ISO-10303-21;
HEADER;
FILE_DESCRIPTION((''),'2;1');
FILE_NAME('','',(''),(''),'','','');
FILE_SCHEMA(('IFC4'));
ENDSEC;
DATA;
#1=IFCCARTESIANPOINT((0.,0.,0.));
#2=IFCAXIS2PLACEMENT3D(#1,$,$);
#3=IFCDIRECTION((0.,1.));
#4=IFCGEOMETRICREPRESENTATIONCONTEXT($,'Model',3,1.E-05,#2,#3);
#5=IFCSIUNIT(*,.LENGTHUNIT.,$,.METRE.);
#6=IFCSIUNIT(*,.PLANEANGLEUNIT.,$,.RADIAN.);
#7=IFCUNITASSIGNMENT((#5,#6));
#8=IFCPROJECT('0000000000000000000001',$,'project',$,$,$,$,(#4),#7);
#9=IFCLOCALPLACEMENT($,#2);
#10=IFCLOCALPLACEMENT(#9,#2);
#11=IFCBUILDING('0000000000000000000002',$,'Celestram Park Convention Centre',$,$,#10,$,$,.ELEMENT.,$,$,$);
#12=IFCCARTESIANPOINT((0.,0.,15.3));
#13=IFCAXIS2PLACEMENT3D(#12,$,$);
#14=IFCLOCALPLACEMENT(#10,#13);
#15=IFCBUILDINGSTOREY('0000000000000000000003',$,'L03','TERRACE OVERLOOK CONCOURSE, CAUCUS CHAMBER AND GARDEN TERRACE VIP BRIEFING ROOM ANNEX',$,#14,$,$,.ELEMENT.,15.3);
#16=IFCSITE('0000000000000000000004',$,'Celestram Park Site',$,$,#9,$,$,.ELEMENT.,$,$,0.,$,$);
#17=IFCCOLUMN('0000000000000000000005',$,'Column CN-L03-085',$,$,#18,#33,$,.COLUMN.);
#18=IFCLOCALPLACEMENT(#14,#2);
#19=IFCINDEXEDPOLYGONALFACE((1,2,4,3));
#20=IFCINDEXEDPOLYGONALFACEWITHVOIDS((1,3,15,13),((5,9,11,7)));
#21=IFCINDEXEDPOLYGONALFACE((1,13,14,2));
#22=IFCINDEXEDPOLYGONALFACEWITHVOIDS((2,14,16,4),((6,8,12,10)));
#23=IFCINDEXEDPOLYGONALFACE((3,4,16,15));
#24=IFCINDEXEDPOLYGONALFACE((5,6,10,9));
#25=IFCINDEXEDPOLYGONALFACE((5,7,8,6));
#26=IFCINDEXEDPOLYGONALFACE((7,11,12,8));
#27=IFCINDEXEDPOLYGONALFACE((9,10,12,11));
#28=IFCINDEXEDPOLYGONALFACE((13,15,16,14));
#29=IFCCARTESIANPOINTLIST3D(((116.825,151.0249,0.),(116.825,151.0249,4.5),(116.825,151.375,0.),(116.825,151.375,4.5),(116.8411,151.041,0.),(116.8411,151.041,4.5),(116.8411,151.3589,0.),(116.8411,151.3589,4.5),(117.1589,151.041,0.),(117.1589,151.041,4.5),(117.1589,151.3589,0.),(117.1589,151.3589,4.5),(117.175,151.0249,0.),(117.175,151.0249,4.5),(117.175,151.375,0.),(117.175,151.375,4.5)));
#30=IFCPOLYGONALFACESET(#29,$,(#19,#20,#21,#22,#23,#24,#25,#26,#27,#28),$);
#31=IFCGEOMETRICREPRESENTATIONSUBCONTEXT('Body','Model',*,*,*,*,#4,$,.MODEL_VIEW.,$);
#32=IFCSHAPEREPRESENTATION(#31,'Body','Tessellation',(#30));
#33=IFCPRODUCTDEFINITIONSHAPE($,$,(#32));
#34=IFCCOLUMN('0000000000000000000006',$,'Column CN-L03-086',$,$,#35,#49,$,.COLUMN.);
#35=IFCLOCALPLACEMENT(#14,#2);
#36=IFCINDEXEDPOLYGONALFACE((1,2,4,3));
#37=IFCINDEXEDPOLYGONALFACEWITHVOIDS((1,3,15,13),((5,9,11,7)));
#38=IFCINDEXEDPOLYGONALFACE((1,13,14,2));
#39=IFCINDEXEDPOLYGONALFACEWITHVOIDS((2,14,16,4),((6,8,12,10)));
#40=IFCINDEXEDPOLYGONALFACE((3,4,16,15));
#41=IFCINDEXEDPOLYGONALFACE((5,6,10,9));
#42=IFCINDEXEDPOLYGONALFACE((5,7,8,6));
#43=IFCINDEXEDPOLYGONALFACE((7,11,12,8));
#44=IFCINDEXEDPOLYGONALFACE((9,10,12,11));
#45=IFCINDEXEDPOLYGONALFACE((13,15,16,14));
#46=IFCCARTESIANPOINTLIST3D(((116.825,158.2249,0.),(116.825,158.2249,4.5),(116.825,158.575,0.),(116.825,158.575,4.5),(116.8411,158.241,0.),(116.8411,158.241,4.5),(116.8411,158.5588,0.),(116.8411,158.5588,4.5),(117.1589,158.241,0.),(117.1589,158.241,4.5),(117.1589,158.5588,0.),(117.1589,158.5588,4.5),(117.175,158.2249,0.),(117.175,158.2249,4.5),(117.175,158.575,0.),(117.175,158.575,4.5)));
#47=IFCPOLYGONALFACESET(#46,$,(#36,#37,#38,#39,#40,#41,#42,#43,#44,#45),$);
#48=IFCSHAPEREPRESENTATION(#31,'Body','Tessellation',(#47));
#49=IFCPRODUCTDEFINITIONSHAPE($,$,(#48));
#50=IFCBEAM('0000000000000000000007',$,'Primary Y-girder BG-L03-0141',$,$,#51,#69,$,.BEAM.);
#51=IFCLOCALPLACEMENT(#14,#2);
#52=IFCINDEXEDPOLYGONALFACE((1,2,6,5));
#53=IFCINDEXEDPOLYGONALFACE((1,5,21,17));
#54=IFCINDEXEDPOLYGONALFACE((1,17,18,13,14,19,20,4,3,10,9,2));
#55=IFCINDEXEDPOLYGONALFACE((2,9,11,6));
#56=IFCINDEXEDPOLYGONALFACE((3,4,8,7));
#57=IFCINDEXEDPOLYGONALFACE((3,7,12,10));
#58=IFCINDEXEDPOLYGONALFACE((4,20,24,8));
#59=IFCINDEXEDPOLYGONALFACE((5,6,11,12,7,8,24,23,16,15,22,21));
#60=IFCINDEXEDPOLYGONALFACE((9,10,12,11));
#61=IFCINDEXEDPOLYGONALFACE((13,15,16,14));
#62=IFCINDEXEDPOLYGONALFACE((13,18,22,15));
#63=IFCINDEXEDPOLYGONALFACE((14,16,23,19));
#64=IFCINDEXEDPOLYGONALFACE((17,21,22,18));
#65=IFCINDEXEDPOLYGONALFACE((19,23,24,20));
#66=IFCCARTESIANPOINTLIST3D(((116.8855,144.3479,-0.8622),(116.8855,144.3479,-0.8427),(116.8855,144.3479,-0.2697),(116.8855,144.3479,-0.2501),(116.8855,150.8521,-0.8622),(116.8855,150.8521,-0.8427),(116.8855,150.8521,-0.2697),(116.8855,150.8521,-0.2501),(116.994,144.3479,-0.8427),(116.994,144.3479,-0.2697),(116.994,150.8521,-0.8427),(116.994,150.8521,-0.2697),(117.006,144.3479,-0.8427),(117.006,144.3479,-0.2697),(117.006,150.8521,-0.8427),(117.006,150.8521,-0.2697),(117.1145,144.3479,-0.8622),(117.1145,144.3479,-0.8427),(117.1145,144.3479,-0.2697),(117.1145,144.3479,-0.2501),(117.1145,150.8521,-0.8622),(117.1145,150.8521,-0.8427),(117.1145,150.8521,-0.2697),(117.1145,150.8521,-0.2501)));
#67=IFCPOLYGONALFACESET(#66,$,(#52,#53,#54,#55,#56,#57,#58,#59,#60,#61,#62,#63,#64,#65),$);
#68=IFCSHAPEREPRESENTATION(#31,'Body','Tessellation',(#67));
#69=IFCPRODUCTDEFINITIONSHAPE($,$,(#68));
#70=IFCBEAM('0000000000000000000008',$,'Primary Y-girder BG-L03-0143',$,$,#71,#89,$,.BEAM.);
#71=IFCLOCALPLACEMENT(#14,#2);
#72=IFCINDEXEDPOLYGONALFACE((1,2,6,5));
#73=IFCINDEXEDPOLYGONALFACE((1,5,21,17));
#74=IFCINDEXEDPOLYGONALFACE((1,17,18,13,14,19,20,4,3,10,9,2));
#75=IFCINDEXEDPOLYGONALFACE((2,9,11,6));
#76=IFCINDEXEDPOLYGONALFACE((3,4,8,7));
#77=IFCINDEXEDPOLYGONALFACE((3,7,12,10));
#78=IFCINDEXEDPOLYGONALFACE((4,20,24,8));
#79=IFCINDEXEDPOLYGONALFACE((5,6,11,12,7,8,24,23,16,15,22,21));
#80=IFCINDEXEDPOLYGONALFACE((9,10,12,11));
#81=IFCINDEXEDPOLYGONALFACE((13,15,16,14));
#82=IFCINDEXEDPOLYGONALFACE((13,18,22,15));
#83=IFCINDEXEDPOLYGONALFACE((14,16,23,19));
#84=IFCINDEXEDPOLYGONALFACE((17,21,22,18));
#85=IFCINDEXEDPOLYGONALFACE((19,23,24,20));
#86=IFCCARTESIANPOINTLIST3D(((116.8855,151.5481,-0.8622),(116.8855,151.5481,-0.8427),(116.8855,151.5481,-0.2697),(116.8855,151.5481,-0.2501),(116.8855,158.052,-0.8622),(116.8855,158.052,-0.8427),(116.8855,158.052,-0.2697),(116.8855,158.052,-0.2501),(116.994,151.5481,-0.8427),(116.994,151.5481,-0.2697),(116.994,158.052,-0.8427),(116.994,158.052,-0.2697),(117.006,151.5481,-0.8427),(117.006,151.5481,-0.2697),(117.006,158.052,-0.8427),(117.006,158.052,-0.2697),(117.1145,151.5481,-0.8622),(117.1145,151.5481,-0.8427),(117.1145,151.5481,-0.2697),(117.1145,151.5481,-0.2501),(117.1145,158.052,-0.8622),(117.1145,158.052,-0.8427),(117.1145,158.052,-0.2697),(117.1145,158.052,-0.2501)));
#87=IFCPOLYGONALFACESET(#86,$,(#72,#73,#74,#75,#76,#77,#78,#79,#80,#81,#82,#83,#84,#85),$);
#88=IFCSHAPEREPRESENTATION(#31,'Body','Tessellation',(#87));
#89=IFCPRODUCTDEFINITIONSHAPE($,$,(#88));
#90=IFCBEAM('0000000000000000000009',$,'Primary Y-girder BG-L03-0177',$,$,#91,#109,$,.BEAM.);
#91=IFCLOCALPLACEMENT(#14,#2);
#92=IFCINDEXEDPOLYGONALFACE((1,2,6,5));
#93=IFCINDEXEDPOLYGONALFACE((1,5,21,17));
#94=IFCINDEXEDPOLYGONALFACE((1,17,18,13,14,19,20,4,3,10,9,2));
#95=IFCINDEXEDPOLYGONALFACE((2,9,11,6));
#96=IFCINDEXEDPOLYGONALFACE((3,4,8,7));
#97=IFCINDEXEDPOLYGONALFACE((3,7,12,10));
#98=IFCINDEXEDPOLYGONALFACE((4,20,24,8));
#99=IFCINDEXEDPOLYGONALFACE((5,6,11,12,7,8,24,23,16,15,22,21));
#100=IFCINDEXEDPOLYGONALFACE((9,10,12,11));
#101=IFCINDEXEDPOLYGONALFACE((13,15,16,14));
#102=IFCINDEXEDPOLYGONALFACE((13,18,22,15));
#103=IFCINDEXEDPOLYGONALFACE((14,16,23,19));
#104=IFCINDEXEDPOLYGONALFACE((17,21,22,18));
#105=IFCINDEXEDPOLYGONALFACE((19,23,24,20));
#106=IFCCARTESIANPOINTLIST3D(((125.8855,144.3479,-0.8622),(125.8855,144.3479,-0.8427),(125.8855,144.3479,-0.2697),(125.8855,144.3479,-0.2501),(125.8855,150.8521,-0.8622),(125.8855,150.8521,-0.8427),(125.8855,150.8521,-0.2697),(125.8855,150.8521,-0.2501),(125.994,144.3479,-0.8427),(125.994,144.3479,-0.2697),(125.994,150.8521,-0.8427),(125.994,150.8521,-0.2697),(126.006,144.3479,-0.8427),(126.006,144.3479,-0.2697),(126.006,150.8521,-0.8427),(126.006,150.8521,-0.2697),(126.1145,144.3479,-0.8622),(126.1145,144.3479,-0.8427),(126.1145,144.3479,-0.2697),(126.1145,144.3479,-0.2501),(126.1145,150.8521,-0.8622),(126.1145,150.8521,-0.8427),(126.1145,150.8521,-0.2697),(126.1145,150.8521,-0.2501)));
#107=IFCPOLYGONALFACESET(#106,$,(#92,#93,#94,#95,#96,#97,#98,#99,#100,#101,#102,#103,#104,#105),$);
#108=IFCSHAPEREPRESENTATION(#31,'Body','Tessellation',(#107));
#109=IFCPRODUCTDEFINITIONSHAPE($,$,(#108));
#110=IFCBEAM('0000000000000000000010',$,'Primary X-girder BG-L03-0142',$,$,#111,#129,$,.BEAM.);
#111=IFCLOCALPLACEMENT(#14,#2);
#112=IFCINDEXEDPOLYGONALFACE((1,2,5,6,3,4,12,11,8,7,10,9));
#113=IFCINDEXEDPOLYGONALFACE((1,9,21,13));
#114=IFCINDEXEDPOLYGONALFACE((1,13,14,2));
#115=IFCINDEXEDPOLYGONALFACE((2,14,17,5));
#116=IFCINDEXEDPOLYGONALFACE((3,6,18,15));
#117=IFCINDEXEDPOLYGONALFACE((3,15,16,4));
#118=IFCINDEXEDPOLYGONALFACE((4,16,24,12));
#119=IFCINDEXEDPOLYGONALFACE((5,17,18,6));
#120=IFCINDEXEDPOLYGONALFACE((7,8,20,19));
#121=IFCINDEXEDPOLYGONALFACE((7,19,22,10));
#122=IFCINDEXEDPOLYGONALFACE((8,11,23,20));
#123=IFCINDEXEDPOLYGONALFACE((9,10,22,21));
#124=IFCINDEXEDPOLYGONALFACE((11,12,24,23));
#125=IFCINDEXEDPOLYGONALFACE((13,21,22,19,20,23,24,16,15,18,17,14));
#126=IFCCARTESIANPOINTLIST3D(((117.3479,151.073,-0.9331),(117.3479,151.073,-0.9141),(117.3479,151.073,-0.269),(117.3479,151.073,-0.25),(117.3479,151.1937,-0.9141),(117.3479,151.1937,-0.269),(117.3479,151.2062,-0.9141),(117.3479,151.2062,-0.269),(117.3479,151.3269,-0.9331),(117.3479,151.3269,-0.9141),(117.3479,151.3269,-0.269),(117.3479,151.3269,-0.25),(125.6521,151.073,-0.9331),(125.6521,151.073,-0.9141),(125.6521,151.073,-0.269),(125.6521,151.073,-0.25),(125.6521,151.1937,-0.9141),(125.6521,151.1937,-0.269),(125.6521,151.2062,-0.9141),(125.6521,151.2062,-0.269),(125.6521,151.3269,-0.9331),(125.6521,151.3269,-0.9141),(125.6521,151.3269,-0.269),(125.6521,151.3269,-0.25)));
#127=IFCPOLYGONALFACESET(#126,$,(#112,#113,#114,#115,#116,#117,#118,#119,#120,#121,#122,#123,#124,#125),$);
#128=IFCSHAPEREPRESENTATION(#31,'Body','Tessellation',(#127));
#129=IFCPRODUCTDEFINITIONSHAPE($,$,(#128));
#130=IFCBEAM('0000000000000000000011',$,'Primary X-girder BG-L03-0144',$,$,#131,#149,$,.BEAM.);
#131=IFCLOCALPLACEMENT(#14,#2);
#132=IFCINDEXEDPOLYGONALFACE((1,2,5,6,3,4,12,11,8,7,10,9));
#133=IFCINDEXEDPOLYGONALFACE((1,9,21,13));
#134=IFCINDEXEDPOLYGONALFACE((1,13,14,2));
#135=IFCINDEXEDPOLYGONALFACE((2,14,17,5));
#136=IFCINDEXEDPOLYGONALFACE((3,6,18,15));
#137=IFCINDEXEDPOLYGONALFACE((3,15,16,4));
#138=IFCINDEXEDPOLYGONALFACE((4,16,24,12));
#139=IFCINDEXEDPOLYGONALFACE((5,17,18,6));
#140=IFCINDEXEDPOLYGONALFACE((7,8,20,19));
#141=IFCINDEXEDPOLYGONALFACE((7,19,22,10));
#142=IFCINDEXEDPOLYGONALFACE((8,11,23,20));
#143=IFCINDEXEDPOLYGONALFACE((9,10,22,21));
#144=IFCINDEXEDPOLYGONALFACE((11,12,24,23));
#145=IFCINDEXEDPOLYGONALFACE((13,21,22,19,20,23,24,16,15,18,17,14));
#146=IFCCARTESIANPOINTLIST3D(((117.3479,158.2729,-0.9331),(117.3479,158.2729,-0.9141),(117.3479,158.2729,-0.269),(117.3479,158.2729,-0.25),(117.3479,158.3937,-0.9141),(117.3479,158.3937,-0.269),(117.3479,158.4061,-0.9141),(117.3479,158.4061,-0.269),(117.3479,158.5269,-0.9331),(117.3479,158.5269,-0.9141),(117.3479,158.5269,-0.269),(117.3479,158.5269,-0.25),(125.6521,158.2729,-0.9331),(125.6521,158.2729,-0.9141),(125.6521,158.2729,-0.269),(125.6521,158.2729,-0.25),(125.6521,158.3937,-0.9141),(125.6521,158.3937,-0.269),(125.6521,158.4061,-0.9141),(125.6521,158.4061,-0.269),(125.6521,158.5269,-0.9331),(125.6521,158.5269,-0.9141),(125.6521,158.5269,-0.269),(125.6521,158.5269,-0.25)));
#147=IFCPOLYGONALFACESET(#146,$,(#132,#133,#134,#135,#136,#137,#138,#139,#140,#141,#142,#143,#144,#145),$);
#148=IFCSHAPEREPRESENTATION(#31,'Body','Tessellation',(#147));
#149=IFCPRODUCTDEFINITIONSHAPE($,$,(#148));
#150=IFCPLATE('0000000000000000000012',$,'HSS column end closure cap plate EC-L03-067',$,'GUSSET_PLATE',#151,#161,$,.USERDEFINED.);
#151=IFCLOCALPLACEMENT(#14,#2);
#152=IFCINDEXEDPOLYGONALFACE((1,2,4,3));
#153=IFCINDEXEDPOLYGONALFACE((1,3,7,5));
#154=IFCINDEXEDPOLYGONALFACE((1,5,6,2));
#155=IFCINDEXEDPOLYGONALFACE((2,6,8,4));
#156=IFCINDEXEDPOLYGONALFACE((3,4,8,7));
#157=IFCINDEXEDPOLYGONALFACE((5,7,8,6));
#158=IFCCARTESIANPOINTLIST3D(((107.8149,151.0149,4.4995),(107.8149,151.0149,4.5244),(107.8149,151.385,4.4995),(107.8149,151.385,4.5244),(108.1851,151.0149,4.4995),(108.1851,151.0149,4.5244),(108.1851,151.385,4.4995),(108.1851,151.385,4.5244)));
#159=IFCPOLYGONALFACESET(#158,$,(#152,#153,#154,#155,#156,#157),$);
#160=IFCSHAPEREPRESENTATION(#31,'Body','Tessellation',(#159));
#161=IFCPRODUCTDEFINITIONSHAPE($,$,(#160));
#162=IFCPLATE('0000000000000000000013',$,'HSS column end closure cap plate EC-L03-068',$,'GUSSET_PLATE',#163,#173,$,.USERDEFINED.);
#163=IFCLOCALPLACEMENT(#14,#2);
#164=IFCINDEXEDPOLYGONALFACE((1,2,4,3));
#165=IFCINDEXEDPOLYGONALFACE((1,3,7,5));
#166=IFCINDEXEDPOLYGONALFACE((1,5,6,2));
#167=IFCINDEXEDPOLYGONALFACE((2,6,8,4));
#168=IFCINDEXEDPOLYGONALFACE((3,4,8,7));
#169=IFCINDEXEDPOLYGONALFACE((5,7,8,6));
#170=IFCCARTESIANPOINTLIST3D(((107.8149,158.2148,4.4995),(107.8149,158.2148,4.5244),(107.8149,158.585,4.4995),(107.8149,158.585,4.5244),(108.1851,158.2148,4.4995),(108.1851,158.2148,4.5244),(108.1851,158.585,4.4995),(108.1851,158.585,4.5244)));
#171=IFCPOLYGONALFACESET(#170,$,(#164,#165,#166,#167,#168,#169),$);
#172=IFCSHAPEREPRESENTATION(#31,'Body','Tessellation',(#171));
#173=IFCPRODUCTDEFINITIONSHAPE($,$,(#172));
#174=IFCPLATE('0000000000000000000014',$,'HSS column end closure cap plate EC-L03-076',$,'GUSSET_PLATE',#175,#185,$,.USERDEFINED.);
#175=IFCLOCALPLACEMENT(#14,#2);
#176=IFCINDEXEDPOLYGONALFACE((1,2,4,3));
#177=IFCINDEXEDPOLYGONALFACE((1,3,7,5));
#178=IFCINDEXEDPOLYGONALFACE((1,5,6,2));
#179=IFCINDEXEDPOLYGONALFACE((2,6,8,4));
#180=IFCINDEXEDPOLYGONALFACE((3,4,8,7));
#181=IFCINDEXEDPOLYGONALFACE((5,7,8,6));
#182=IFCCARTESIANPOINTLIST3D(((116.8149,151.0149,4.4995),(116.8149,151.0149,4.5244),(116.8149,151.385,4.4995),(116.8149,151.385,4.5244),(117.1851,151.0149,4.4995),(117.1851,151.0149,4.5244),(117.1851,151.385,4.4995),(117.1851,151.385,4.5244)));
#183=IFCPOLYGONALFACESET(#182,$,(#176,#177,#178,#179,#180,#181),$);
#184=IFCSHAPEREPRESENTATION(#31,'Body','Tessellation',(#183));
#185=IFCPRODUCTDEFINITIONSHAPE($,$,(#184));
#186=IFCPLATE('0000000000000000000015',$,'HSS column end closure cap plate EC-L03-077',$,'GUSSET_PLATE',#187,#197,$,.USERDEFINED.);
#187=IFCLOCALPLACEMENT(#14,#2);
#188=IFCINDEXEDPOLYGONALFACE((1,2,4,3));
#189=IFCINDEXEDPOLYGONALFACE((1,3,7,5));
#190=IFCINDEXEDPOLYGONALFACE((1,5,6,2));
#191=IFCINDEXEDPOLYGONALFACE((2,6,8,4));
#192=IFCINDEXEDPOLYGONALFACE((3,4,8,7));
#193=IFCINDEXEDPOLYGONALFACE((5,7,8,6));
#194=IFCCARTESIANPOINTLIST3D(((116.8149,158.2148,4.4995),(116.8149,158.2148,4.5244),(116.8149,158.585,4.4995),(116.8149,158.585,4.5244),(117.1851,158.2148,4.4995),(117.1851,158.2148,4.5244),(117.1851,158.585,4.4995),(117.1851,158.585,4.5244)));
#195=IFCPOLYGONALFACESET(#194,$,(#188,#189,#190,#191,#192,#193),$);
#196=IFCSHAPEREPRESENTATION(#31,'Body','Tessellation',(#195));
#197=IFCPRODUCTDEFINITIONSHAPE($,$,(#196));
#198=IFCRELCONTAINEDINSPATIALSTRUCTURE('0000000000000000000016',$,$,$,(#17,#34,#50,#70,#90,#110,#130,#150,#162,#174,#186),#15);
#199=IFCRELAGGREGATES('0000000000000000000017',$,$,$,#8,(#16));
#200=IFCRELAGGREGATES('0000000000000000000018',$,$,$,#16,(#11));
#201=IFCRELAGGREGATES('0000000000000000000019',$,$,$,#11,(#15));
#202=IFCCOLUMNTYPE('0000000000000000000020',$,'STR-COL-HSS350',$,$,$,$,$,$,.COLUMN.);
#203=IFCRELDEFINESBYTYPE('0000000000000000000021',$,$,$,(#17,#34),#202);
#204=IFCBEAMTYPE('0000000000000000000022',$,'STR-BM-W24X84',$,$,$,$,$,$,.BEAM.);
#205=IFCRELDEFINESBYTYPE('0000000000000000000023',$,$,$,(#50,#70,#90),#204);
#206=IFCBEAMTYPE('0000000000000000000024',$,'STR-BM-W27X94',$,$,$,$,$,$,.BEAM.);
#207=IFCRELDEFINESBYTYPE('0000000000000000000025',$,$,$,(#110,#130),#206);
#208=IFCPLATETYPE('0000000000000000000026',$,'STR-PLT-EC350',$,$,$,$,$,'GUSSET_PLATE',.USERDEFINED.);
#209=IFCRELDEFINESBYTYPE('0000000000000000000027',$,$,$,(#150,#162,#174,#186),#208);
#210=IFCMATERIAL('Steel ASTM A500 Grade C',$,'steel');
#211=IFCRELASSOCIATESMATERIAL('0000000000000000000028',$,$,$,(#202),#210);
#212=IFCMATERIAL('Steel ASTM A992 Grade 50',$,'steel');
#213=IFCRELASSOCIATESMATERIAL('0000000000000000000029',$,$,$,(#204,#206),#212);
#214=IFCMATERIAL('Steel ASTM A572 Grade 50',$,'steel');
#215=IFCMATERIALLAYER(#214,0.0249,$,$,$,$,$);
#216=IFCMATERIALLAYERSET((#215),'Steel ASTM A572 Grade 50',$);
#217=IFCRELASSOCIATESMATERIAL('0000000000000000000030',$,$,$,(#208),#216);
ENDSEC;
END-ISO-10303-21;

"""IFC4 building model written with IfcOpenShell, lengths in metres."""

from ifc_helpers import new_model, si_unit, direction, frame, origin, origin_2d, place, context, subcontext, project, spatial, rectangle, hollow_rectangle, i_section, extrude, material, layer, layer_set, material_profile, profile_set, type_object, element, save


model = new_model("IFC4")

# Units and contexts
model_context = context("Model", 3, precision=1e-05, world=origin(), true_north=direction((0.0, 1.0)))
body_context = subcontext(model_context, "Body", "Model", "MODEL_VIEW")
ifc_project = project(units=[si_unit("LENGTHUNIT", "METRE"), si_unit("PLANEANGLEUNIT", "RADIAN")], contexts=[model_context])

# Site, building, storey
site_placement = place(None, origin())
site = spatial("IfcSite", under=ifc_project, at=site_placement, Name="Celestram Park Site", CompositionType="ELEMENT", RefElevation=0.0)
building_placement = place(site_placement, origin())
building = spatial("IfcBuilding", under=site, at=building_placement, Name="Celestram Park Convention Centre", CompositionType="ELEMENT")
storey_placement = place(building_placement, frame((0.0, 0.0, 15.3)))
storey = spatial("IfcBuildingStorey", under=building, at=storey_placement, Name="L03", Description="TERRACE OVERLOOK CONCOURSE, CAUCUS CHAMBER AND GARDEN TERRACE VIP BRIEFING ROOM ANNEX", CompositionType="ELEMENT", Elevation=15.3)

# Columns
ifc_material_1 = material(Name="Steel ASTM A500 Grade C", Category="steel")
ifc_material_profile_1 = material_profile(ifc_material_1, hollow_rectangle(XDim=0.3501, YDim=0.3501, WallThickness=0.0161, at=origin_2d()), Name="HSS350X350X16")
ifc_profile_set_1 = profile_set([ifc_material_profile_1], Name="Steel ASTM A500 Grade C")
column_type = type_object("IfcColumnType", Name="STR-COL-HSS350", PredefinedType="COLUMN", material=ifc_profile_set_1)
for number, where, z_axis, x_axis, name in (
    (1, (117.0, 151.2, 0.0), (0.0, 0.0, 1.0), (1.0, 0.0, 0.0), "Column CN-L03-085"),
    (2, (117.0, 158.3999, 0.0), (0.0, 0.0, 1.0), (1.0, 0.0, 0.0), "Column CN-L03-086"),
):
    element("IfcColumn", number, at=place(storey_placement, frame(where, z_axis=z_axis, x_axis=x_axis)), inside=storey, type_object=column_type, Name=name, PredefinedType="COLUMN", context=body_context, shape_type="SweptSolid", body=[
        extrude(hollow_rectangle(XDim=0.3501, YDim=0.3501, WallThickness=0.0161, at=origin_2d()), origin(), (0.0, 0.0, 1.0), 4.5),
    ])

# Beams
ifc_material_2 = material(Name="Steel ASTM A992 Grade 50", Category="steel")
ifc_material_profile_2 = material_profile(ifc_material_2, i_section(OverallWidth=0.229, OverallDepth=0.6121, WebThickness=0.012, FlangeThickness=0.0195, at=origin_2d()), Name="W24X84")
ifc_profile_set_2 = profile_set([ifc_material_profile_2], Name="Steel ASTM A992 Grade 50")
beam_type_1 = type_object("IfcBeamType", Name="STR-BM-W24X84", PredefinedType="BEAM", material=ifc_profile_set_2)
beam_1_placement = place(storey_placement, frame((117.0, 144.3479, -0.5562), z_axis=(0.0, 1.0, 0.0), x_axis=(-1.0, 0.0, 0.0)))
element("IfcBeam", 3, at=beam_1_placement, inside=storey, type_object=beam_type_1, Name="Primary Y-girder BG-L03-0141", PredefinedType="BEAM", context=body_context, shape_type="SweptSolid", body=[
    extrude(i_section(OverallWidth=0.229, OverallDepth=0.6121, WebThickness=0.012, FlangeThickness=0.0195, at=origin_2d()), origin(), (0.0, 0.0, 1.0), 6.5042),
])
beam_2_placement = place(storey_placement, frame((117.0, 151.5481, -0.5562), z_axis=(0.0, 1.0, 0.0), x_axis=(-1.0, 0.0, 0.0)))
element("IfcBeam", 4, at=beam_2_placement, inside=storey, type_object=beam_type_1, Name="Primary Y-girder BG-L03-0143", PredefinedType="BEAM", context=body_context, shape_type="SweptSolid", body=[
    extrude(i_section(OverallWidth=0.229, OverallDepth=0.6121, WebThickness=0.012, FlangeThickness=0.0195, at=origin_2d()), origin(), (0.0, 0.0, 1.0), 6.5039),
])
beam_3_placement = place(storey_placement, frame((126.0, 144.3479, -0.5562), z_axis=(0.0, 1.0, 0.0), x_axis=(-1.0, 0.0, 0.0)))
element("IfcBeam", 5, at=beam_3_placement, inside=storey, type_object=beam_type_1, Name="Primary Y-girder BG-L03-0177", PredefinedType="BEAM", context=body_context, shape_type="SweptSolid", body=[
    extrude(i_section(OverallWidth=0.229, OverallDepth=0.6121, WebThickness=0.012, FlangeThickness=0.0195, at=origin_2d()), origin(), (0.0, 0.0, 1.0), 6.5042),
])
ifc_material_profile_3 = material_profile(ifc_material_2, i_section(OverallWidth=0.2539, OverallDepth=0.6831, WebThickness=0.0125, FlangeThickness=0.019, at=origin_2d()), Name="W27X94")
ifc_profile_set_3 = profile_set([ifc_material_profile_3], Name="Steel ASTM A992 Grade 50")
beam_type_2 = type_object("IfcBeamType", Name="STR-BM-W27X94", PredefinedType="BEAM", material=ifc_profile_set_3)
for number, where, z_axis, x_axis, name in (
    (6, (117.3479, 151.2, -0.5916), (1.0, 0.0, 0.0), (0.0, 1.0, 0.0), "Primary X-girder BG-L03-0142"),
    (7, (117.3479, 158.3999, -0.5916), (1.0, 0.0, 0.0), (0.0, 1.0, 0.0), "Primary X-girder BG-L03-0144"),
):
    element("IfcBeam", number, at=place(storey_placement, frame(where, z_axis=z_axis, x_axis=x_axis)), inside=storey, type_object=beam_type_2, Name=name, PredefinedType="BEAM", context=body_context, shape_type="SweptSolid", body=[
        extrude(i_section(OverallWidth=0.2539, OverallDepth=0.6831, WebThickness=0.0125, FlangeThickness=0.019, at=origin_2d()), origin(), (0.0, 0.0, 1.0), 8.3042),
    ])

# Plates
ifc_material_3 = material(Name="Steel ASTM A572 Grade 50", Category="steel")
ifc_layer_1 = layer(ifc_material_3, 0.0249)
ifc_layer_set_1 = layer_set([ifc_layer_1], Name="Steel ASTM A572 Grade 50")
plate_type = type_object("IfcPlateType", Name="STR-PLT-EC350", ElementType="GUSSET_PLATE", PredefinedType="USERDEFINED", material=ifc_layer_set_1)
for number, where, z_axis, x_axis, name in (
    (8, (108.0, 151.2, 4.4995), (0.0, 0.0, 1.0), (1.0, 0.0, 0.0), "HSS column end closure cap plate EC-L03-067"),
    (9, (108.0, 158.3999, 4.4995), (0.0, 0.0, 1.0), (1.0, 0.0, 0.0), "HSS column end closure cap plate EC-L03-068"),
    (10, (117.0, 151.2, 4.4995), (0.0, 0.0, 1.0), (1.0, 0.0, 0.0), "HSS column end closure cap plate EC-L03-076"),
    (11, (117.0, 158.3999, 4.4995), (0.0, 0.0, 1.0), (1.0, 0.0, 0.0), "HSS column end closure cap plate EC-L03-077"),
):
    element("IfcPlate", number, at=place(storey_placement, frame(where, z_axis=z_axis, x_axis=x_axis)), inside=storey, type_object=plate_type, Name=name, ObjectType="GUSSET_PLATE", PredefinedType="USERDEFINED", context=body_context, shape_type="SweptSolid", body=[
        extrude(rectangle(XDim=0.3701, YDim=0.3701, at=origin_2d()), origin(), (0.0, 0.0, 1.0), 0.0249),
    ])

save(model, "model.ifc")
